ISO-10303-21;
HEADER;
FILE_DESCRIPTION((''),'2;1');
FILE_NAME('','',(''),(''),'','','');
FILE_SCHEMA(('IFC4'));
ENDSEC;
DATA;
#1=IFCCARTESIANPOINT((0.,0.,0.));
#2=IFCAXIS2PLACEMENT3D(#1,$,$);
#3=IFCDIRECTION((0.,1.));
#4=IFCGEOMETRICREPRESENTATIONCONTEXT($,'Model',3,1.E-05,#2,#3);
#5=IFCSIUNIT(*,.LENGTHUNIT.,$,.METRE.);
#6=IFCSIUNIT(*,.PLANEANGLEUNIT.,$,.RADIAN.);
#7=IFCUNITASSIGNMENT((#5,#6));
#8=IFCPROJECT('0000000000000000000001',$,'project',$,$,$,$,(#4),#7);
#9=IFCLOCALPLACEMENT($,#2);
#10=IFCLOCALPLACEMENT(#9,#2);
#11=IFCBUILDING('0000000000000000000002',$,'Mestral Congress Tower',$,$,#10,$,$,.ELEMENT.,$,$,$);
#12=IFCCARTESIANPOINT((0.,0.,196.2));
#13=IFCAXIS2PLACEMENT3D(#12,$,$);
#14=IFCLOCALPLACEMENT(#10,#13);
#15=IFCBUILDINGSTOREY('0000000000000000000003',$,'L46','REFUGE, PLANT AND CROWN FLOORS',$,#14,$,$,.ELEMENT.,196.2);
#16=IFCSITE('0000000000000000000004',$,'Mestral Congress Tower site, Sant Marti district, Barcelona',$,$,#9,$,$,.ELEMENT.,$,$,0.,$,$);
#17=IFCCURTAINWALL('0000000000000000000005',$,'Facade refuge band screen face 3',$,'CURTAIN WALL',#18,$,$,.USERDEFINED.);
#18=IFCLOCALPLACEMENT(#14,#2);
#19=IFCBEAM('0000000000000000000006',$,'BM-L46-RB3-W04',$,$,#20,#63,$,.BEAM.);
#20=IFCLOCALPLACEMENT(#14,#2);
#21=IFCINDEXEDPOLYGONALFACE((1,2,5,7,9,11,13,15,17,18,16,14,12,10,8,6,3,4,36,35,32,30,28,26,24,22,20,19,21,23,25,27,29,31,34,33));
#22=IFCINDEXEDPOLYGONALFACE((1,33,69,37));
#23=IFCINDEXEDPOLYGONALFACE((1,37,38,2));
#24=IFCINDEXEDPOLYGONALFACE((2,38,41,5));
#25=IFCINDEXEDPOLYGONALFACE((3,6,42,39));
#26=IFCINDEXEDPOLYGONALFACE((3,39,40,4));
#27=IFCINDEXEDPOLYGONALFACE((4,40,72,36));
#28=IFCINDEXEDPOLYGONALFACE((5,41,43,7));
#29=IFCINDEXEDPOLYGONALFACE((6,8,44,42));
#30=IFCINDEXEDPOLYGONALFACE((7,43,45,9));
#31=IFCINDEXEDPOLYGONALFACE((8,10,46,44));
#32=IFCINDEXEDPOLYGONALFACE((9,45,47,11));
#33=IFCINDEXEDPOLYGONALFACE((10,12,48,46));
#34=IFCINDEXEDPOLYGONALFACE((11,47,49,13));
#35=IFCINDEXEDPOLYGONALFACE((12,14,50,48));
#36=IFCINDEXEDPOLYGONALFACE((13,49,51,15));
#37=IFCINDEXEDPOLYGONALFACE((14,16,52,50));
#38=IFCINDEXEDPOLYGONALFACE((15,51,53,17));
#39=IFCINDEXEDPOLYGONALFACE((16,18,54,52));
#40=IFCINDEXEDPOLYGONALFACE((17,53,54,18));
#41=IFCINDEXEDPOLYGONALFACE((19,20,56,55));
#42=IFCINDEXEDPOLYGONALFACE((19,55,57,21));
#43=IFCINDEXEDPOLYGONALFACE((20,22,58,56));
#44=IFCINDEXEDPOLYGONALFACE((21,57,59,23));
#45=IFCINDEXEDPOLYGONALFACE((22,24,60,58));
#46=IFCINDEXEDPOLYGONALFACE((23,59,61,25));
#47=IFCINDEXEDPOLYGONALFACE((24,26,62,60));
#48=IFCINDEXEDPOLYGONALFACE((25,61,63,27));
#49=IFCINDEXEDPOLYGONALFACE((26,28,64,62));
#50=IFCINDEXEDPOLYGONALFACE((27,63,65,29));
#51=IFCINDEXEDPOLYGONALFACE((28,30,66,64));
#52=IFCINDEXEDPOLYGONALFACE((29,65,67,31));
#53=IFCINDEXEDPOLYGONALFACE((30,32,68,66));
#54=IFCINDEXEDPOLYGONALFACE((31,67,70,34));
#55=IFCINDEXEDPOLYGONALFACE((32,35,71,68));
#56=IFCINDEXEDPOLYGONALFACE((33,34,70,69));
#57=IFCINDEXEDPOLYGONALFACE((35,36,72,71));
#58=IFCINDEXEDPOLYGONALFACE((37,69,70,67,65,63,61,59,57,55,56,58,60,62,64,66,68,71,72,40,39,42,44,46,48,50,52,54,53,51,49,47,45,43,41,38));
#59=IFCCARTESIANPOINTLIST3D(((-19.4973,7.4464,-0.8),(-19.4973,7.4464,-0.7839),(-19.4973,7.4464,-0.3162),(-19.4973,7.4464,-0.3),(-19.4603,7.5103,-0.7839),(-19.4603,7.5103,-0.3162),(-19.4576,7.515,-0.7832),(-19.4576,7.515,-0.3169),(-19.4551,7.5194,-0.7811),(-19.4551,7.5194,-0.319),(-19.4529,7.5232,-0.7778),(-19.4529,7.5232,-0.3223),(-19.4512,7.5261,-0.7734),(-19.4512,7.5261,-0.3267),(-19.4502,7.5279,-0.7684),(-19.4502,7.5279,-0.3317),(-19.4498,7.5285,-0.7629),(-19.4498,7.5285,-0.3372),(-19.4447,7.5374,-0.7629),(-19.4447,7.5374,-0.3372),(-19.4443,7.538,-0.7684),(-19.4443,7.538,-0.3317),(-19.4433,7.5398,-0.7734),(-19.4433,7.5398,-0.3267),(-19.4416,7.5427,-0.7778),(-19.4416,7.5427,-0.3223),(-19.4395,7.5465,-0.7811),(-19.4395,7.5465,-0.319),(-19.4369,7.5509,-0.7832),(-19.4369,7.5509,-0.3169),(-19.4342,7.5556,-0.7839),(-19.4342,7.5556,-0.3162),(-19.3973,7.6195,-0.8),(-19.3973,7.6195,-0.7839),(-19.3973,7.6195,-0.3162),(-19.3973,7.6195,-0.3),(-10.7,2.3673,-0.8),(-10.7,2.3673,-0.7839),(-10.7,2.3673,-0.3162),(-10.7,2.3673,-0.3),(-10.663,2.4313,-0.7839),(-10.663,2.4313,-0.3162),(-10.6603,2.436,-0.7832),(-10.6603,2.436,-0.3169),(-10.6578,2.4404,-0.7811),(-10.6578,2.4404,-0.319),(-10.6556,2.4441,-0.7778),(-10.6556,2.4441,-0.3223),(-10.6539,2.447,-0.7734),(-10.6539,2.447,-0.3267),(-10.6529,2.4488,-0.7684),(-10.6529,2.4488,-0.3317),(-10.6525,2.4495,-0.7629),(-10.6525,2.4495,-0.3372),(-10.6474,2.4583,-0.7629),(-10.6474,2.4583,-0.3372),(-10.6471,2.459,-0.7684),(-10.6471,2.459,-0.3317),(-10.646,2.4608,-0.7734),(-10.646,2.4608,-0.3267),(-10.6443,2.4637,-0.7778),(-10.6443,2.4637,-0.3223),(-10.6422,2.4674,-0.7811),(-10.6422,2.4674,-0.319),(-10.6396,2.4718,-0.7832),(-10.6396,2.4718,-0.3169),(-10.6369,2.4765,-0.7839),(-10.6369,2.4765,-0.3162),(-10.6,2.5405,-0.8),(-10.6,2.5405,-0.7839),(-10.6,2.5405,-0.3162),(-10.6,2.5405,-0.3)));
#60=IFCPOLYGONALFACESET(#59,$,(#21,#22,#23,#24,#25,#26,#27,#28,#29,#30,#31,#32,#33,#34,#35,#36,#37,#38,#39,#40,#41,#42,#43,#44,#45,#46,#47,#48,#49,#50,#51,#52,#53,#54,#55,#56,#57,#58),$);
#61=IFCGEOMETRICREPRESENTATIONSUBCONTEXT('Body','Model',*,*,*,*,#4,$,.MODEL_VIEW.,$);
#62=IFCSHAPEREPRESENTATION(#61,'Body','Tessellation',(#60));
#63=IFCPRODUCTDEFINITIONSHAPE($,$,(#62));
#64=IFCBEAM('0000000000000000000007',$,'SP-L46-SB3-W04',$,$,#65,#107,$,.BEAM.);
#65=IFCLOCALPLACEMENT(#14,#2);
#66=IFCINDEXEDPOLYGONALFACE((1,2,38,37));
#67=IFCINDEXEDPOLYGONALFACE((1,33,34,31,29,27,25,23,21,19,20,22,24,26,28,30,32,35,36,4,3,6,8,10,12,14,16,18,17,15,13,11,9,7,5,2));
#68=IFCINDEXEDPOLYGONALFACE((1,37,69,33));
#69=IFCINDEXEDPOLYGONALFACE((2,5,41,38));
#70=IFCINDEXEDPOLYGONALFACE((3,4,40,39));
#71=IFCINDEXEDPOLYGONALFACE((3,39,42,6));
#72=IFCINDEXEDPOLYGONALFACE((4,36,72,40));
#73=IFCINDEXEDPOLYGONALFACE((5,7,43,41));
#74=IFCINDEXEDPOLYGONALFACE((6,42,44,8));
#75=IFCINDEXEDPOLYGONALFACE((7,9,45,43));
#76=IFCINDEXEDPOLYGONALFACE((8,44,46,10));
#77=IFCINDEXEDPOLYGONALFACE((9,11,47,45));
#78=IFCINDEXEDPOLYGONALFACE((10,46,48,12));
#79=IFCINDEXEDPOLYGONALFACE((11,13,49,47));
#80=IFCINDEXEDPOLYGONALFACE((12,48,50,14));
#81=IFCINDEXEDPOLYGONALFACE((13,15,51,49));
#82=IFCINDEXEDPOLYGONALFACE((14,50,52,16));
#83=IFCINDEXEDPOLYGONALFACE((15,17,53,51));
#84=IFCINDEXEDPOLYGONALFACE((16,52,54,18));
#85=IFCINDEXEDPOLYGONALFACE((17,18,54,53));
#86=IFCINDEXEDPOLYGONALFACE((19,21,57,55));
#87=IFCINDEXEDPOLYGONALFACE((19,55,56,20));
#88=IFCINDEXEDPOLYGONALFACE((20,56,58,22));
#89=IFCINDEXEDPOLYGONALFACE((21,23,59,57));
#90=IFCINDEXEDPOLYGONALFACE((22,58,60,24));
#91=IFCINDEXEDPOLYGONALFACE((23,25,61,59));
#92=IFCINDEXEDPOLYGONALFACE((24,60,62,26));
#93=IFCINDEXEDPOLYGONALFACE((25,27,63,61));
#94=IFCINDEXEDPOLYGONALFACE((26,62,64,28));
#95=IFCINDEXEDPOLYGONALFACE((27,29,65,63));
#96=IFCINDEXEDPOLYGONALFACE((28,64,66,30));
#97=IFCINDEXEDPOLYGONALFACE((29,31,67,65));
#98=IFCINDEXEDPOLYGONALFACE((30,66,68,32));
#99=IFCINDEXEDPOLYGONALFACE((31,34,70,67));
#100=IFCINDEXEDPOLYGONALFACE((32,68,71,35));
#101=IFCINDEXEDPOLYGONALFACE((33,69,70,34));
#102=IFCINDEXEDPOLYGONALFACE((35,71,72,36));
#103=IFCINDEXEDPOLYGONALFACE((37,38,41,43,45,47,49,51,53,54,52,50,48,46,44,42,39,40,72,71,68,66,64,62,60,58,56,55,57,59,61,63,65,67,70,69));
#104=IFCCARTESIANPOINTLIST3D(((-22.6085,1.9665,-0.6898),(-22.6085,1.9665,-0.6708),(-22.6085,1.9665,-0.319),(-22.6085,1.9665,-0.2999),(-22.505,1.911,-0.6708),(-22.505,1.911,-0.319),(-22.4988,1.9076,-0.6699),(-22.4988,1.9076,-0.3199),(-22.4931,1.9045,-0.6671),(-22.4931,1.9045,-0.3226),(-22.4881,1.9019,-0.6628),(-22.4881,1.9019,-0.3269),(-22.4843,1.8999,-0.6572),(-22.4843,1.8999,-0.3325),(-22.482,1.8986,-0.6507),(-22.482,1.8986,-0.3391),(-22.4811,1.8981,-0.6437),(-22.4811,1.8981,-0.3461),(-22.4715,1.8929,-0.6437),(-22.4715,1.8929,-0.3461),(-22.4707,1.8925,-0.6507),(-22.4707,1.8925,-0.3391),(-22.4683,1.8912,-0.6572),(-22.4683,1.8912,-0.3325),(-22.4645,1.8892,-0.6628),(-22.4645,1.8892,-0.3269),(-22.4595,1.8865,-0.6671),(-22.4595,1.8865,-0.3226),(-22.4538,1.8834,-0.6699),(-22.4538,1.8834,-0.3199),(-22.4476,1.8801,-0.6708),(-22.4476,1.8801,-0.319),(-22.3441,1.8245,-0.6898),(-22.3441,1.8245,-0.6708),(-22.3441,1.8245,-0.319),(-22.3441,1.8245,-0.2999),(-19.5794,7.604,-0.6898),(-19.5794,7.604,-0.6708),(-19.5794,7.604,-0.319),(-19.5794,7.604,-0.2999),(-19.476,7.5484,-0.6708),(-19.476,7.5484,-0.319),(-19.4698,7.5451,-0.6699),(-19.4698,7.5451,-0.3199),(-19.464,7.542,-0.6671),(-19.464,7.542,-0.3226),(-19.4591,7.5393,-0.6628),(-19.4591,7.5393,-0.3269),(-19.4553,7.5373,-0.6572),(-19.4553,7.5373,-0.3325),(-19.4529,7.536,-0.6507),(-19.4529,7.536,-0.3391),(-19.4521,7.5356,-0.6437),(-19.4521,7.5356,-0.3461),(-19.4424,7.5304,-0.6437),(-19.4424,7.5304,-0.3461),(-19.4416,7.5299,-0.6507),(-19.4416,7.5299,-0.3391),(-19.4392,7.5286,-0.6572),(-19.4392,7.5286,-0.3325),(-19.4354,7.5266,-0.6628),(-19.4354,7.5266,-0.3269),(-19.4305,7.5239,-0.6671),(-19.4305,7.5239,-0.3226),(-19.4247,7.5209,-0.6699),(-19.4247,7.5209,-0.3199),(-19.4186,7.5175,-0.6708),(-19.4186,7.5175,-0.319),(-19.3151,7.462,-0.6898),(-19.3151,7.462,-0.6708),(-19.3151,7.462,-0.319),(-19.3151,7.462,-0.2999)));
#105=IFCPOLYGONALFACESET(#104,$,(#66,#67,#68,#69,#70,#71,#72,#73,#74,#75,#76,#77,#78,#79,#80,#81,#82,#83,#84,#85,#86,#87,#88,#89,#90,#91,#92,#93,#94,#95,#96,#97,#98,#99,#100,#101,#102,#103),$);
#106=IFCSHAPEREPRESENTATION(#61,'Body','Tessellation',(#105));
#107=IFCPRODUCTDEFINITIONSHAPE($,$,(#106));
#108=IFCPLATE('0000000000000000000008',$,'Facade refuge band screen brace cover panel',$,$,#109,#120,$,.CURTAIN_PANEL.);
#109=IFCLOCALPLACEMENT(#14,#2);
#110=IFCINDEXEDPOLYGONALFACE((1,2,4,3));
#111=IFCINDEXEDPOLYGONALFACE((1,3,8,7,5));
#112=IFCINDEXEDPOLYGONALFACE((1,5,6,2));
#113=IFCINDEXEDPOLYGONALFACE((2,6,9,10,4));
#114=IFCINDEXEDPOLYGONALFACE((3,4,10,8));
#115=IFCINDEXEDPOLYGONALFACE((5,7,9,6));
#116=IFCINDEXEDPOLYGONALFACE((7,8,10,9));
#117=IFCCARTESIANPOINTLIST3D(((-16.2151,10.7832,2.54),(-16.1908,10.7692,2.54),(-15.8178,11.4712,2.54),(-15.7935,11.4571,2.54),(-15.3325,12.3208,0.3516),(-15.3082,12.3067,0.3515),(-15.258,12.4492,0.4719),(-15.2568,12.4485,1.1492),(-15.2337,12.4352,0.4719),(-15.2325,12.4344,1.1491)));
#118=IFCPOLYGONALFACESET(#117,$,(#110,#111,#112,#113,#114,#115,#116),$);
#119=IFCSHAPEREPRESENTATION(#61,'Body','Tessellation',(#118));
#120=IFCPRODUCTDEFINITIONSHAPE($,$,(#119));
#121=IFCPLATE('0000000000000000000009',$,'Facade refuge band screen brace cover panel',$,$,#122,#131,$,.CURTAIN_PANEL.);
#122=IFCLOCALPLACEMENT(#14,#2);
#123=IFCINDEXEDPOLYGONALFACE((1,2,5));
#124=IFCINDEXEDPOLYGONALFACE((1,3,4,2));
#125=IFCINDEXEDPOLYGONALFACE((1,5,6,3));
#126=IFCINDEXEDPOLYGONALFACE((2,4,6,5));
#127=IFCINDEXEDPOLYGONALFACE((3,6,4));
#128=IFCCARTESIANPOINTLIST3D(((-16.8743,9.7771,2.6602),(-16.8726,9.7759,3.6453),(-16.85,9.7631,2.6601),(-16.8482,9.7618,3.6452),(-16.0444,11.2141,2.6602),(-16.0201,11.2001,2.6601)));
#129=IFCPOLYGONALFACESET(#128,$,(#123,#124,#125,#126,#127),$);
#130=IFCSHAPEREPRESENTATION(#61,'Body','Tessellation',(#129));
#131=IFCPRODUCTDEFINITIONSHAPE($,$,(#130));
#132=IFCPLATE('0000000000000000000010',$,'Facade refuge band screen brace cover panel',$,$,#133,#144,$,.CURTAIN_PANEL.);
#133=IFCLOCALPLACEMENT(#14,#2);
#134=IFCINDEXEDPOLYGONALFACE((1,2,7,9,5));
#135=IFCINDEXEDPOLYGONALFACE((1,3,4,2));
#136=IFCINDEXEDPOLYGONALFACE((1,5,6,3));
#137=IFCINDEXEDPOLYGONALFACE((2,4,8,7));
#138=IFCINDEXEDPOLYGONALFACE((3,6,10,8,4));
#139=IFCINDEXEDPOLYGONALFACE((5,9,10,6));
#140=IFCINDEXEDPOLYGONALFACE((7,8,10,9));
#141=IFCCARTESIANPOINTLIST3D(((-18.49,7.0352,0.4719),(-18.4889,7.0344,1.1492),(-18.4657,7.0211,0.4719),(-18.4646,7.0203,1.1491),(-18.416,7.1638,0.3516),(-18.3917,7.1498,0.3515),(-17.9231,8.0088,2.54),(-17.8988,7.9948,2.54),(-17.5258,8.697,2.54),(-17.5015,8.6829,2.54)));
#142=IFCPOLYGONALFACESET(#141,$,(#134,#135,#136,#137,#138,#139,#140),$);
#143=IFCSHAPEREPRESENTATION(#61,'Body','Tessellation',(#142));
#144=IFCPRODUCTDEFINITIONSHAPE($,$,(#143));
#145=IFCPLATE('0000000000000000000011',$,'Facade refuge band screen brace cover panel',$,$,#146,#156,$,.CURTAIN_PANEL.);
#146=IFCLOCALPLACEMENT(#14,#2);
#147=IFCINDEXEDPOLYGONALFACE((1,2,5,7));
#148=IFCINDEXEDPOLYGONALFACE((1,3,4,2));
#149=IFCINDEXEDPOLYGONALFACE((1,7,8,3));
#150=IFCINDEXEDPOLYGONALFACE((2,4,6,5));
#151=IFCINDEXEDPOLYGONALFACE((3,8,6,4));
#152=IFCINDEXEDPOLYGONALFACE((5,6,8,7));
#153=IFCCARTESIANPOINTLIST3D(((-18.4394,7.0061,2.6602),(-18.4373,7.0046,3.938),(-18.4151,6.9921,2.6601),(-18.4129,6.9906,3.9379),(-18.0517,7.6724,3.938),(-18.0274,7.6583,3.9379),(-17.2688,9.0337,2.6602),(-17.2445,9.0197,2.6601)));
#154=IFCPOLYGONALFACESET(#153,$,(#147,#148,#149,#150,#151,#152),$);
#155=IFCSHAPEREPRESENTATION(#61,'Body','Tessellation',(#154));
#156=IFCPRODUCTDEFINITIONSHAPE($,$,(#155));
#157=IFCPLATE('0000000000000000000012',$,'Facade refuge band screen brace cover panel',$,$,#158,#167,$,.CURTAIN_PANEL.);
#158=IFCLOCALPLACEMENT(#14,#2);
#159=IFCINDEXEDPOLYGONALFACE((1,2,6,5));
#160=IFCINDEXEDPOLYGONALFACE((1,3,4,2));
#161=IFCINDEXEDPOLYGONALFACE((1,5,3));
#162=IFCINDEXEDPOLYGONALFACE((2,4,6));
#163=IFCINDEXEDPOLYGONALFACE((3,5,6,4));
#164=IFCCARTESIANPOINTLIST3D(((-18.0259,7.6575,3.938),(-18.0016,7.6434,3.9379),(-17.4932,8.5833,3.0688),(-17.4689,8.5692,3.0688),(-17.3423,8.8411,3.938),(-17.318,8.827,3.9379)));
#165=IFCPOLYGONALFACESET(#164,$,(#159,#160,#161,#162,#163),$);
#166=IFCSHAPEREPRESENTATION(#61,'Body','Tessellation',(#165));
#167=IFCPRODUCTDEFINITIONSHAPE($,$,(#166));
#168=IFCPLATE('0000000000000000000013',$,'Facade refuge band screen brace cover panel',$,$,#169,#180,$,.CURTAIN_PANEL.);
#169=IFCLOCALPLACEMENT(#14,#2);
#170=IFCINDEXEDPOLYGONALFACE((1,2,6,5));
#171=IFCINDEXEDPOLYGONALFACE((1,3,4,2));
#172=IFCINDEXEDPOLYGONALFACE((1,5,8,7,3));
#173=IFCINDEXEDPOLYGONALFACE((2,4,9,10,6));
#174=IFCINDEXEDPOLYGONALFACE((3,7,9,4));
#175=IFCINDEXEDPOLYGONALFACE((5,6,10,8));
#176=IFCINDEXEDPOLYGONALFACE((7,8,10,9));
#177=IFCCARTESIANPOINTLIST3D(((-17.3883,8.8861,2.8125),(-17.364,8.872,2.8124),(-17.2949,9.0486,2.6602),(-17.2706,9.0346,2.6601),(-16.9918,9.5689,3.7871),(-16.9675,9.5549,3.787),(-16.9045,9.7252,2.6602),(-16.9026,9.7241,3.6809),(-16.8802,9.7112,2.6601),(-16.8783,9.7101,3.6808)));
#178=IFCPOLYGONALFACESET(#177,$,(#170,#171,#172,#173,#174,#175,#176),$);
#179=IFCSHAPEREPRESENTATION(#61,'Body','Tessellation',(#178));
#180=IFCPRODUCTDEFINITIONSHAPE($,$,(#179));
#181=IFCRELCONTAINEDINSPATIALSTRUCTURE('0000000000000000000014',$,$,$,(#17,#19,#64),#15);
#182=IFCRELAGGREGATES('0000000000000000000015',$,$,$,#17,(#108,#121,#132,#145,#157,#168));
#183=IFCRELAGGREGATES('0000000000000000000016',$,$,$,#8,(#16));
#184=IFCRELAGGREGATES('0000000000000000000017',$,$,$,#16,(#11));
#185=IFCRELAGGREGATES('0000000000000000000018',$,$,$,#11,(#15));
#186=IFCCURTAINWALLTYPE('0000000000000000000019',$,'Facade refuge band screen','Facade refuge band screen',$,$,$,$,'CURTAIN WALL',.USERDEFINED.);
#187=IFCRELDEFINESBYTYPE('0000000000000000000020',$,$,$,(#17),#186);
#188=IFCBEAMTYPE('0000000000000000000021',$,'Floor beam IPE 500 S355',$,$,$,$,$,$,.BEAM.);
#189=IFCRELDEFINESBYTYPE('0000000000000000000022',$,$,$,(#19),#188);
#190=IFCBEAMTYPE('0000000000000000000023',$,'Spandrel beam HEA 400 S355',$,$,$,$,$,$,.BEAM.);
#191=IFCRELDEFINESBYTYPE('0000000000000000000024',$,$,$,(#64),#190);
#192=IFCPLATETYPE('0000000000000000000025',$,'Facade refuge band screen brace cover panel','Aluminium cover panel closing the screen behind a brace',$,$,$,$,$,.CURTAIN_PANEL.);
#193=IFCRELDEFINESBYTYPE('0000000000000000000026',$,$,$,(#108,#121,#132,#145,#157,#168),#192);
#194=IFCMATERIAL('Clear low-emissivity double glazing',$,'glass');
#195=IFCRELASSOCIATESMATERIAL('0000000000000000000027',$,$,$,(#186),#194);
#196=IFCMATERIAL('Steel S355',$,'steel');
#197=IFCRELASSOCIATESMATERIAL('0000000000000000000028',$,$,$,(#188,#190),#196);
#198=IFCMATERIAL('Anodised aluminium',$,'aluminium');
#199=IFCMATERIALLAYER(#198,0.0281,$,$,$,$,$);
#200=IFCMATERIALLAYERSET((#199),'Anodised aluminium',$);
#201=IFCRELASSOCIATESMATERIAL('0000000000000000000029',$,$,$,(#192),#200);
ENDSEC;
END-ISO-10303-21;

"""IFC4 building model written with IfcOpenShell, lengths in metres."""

from ifc_helpers import new_model, si_unit, direction, frame, origin, origin_2d, place, context, subcontext, project, spatial, polyline, i_section, outline, extrude, material, layer, layer_set, material_profile, profile_set, type_object, element, aggregate, save


model = new_model("IFC4")

# Units and contexts
model_context = context("Model", 3, precision=1e-05, world=origin(), true_north=direction((0.0, 1.0)))
body_context = subcontext(model_context, "Body", "Model", "MODEL_VIEW")
ifc_project = project(units=[si_unit("LENGTHUNIT", "METRE"), si_unit("PLANEANGLEUNIT", "RADIAN")], contexts=[model_context])

# Site, building, storey
site_placement = place(None, origin())
site = spatial("IfcSite", under=ifc_project, at=site_placement, Name="Mestral Congress Tower site, Sant Marti district, Barcelona", CompositionType="ELEMENT", RefElevation=0.0)
building_placement = place(site_placement, origin())
building = spatial("IfcBuilding", under=site, at=building_placement, Name="Mestral Congress Tower", CompositionType="ELEMENT")
storey_placement = place(building_placement, frame((0.0, 0.0, 196.2)))
storey = spatial("IfcBuildingStorey", under=building, at=storey_placement, Name="L46", Description="REFUGE, PLANT AND CROWN FLOORS", CompositionType="ELEMENT", Elevation=196.2)

# Shared definitions
ifc_material_1 = material(Name="Steel S355", Category="steel")

# Curtain wall
ifc_material_2 = material(Name="Clear low-emissivity double glazing", Category="glass")
curtain_wall_type = type_object("IfcCurtainWallType", Name="Facade refuge band screen", Description="Facade refuge band screen", ElementType="CURTAIN WALL", PredefinedType="USERDEFINED", material=ifc_material_2)
curtain_wall_placement = place(storey_placement, origin())
curtain_wall = element("IfcCurtainWall", 1, at=curtain_wall_placement, inside=storey, type_object=curtain_wall_type, Name="Facade refuge band screen face 3", ObjectType="CURTAIN WALL", PredefinedType="USERDEFINED")
ifc_material_3 = material(Name="Anodised aluminium", Category="aluminium")

# Beams
ifc_material_profile_1 = material_profile(ifc_material_1, i_section(OverallWidth=0.2, OverallDepth=0.5, WebThickness=0.0103, FlangeThickness=0.0161, FilletRadius=0.021, at=origin_2d()), Name="IPE 500")
ifc_profile_set_1 = profile_set([ifc_material_profile_1], Name="Steel S355")
beam_type_1 = type_object("IfcBeamType", Name="Floor beam IPE 500 S355", PredefinedType="BEAM", material=ifc_profile_set_1)
beam_1_placement = place(storey_placement, frame((-19.4473, 7.533, -0.55), z_axis=(0.866028, -0.499996, 0.0), x_axis=(0.499996, 0.866028, 0.0)))
element("IfcBeam", 2, at=beam_1_placement, inside=storey, type_object=beam_type_1, Name="BM-L46-RB3-W04", PredefinedType="BEAM", context=body_context, shape_type="SweptSolid", body=[
    extrude(i_section(OverallWidth=0.2, OverallDepth=0.5, WebThickness=0.0103, FlangeThickness=0.0161, FilletRadius=0.021, at=origin_2d()), origin(), (0.0, 0.0, 1.0), 10.1582),
])
ifc_material_profile_2 = material_profile(ifc_material_1, i_section(OverallWidth=0.3, OverallDepth=0.3899, WebThickness=0.011, FlangeThickness=0.019, FilletRadius=0.0271, at=origin_2d()), Name="HEA 400")
ifc_profile_set_2 = profile_set([ifc_material_profile_2], Name="Steel S355")
beam_type_2 = type_object("IfcBeamType", Name="Spandrel beam HEA 400 S355", PredefinedType="BEAM", material=ifc_profile_set_2)
beam_2_placement = place(storey_placement, frame((-19.4473, 7.533, -0.4949), z_axis=(-0.473313, -0.880895, 0.0), x_axis=(0.880895, -0.473313, 0.0)))
element("IfcBeam", 3, at=beam_2_placement, inside=storey, type_object=beam_type_2, Name="SP-L46-SB3-W04", PredefinedType="BEAM", context=body_context, shape_type="SweptSolid", body=[
    extrude(i_section(OverallWidth=0.3, OverallDepth=0.3899, WebThickness=0.011, FlangeThickness=0.019, FilletRadius=0.0271, at=origin_2d()), origin(), (0.0, 0.0, 1.0), 6.3997),
])

# Plates
ifc_layer_1 = layer(ifc_material_3, 0.0281)
ifc_layer_set_1 = layer_set([ifc_layer_1], Name="Anodised aluminium")
plate_type_1 = type_object("IfcPlateType", Name="Facade refuge band screen brace cover panel", Description="Aluminium cover panel closing the screen behind a brace", PredefinedType="CURTAIN_PANEL", material=ifc_layer_set_1)
plate_1_placement = place(storey_placement, frame((-16.2151, 10.7832, 2.54), z_axis=(-0.865993, 0.500052, 0.002073), x_axis=(0.313372, 0.545921, -0.777025)))
plate_1 = element("IfcPlate", 4, at=plate_1_placement, type_object=plate_type_1, Name="Facade refuge band screen brace cover panel", PredefinedType="CURTAIN_PANEL", context=body_context, shape_type="SweptSolid", body=[
    extrude(outline(polyline([(0.0, 0.0), (2.8165, 0.0), (2.8164, -0.1911), (2.2901, -0.6174), (0.5001, -0.6173), (0.0, 0.0)])), origin(), (0.0, 0.0, -1.0), 0.0281),
])
plate_2_placement = place(storey_placement, frame((-16.8726, 9.7759, 3.6453), z_axis=(-0.865978, 0.500078, 0.002122), x_axis=(-0.001735, 0.001239, -0.999998)))
plate_2 = element("IfcPlate", 5, at=plate_2_placement, type_object=plate_type_1, Name="Facade refuge band screen brace cover panel", PredefinedType="CURTAIN_PANEL", context=body_context, shape_type="SweptSolid", body=[
    extrude(outline(polyline([(0.0, 0.0), (0.9851, 0.0), (0.9855, -1.6594), (0.0, 0.0)])), origin(), (0.0, 0.0, -1.0), 0.0281),
])
plate_3_placement = place(storey_placement, frame((-18.49, 7.0352, 0.4719), z_axis=(-0.866027, 0.499993, 0.001999), x_axis=(0.387247, 0.673261, -0.629888)))
plate_3 = element("IfcPlate", 6, at=plate_3_placement, type_object=plate_type_1, Name="Facade refuge band screen brace cover panel", PredefinedType="CURTAIN_PANEL", context=body_context, shape_type="SweptSolid", body=[
    extrude(outline(polyline([(0.0, 0.0), (0.1911, 0.0), (0.1895, -2.8165), (-0.4276, -2.3159), (-0.4267, -0.5259), (0.0, 0.0)])), origin(), (0.0, 0.0, -1.0), 0.0281),
])
plate_4_placement = place(storey_placement, frame((-18.4373, 7.0046, 3.938), z_axis=(-0.866022, 0.500002, 0.002051), x_axis=(-0.00171, 0.001141, -0.999998)))
plate_4 = element("IfcPlate", 7, at=plate_4_placement, type_object=plate_type_1, Name="Facade refuge band screen brace cover panel", PredefinedType="CURTAIN_PANEL", context=body_context, shape_type="SweptSolid", body=[
    extrude(outline(polyline([(0.0, 0.0), (1.2778, 0.0), (1.2781, -2.3413), (0.0001, -0.771), (0.0, 0.0)])), origin(), (0.0, 0.0, -1.0), 0.0281),
])
plate_5_placement = place(storey_placement, frame((-18.0259, 7.6575, 3.938), z_axis=(-0.865946, 0.500134, 0.00197), x_axis=(0.386853, 0.672294, -0.631162)))
plate_5 = element("IfcPlate", 8, at=plate_5_placement, type_object=plate_type_1, Name="Facade refuge band screen brace cover panel", PredefinedType="CURTAIN_PANEL", context=body_context, shape_type="SweptSolid", body=[
    extrude(outline(polyline([(0.0, 0.0), (1.377, 0.0), (1.0602, -0.8627), (0.0, 0.0)])), origin(), (0.0, 0.0, -1.0), 0.0281),
])
plate_6_placement = place(storey_placement, frame((-17.2949, 9.0486, 2.6602), z_axis=(-0.866188, 0.499714, 0.002226), x_axis=(0.499715, 0.86619, 0.000001)))
plate_6 = element("IfcPlate", 9, at=plate_6_placement, type_object=plate_type_1, Name="Facade refuge band screen brace cover panel", PredefinedType="CURTAIN_PANEL", context=body_context, shape_type="SweptSolid", body=[
    extrude(outline(polyline([(0.0, 0.0), (0.7812, 0.0), (0.7812, -1.0208), (0.6022, -1.127), (-0.1874, -0.1523), (0.0, 0.0)])), origin(), (0.0, 0.0, -1.0), 0.0281),
])
aggregate(curtain_wall, [plate_1, plate_2, plate_3, plate_4, plate_5, plate_6])

save(model, "model.ifc")
